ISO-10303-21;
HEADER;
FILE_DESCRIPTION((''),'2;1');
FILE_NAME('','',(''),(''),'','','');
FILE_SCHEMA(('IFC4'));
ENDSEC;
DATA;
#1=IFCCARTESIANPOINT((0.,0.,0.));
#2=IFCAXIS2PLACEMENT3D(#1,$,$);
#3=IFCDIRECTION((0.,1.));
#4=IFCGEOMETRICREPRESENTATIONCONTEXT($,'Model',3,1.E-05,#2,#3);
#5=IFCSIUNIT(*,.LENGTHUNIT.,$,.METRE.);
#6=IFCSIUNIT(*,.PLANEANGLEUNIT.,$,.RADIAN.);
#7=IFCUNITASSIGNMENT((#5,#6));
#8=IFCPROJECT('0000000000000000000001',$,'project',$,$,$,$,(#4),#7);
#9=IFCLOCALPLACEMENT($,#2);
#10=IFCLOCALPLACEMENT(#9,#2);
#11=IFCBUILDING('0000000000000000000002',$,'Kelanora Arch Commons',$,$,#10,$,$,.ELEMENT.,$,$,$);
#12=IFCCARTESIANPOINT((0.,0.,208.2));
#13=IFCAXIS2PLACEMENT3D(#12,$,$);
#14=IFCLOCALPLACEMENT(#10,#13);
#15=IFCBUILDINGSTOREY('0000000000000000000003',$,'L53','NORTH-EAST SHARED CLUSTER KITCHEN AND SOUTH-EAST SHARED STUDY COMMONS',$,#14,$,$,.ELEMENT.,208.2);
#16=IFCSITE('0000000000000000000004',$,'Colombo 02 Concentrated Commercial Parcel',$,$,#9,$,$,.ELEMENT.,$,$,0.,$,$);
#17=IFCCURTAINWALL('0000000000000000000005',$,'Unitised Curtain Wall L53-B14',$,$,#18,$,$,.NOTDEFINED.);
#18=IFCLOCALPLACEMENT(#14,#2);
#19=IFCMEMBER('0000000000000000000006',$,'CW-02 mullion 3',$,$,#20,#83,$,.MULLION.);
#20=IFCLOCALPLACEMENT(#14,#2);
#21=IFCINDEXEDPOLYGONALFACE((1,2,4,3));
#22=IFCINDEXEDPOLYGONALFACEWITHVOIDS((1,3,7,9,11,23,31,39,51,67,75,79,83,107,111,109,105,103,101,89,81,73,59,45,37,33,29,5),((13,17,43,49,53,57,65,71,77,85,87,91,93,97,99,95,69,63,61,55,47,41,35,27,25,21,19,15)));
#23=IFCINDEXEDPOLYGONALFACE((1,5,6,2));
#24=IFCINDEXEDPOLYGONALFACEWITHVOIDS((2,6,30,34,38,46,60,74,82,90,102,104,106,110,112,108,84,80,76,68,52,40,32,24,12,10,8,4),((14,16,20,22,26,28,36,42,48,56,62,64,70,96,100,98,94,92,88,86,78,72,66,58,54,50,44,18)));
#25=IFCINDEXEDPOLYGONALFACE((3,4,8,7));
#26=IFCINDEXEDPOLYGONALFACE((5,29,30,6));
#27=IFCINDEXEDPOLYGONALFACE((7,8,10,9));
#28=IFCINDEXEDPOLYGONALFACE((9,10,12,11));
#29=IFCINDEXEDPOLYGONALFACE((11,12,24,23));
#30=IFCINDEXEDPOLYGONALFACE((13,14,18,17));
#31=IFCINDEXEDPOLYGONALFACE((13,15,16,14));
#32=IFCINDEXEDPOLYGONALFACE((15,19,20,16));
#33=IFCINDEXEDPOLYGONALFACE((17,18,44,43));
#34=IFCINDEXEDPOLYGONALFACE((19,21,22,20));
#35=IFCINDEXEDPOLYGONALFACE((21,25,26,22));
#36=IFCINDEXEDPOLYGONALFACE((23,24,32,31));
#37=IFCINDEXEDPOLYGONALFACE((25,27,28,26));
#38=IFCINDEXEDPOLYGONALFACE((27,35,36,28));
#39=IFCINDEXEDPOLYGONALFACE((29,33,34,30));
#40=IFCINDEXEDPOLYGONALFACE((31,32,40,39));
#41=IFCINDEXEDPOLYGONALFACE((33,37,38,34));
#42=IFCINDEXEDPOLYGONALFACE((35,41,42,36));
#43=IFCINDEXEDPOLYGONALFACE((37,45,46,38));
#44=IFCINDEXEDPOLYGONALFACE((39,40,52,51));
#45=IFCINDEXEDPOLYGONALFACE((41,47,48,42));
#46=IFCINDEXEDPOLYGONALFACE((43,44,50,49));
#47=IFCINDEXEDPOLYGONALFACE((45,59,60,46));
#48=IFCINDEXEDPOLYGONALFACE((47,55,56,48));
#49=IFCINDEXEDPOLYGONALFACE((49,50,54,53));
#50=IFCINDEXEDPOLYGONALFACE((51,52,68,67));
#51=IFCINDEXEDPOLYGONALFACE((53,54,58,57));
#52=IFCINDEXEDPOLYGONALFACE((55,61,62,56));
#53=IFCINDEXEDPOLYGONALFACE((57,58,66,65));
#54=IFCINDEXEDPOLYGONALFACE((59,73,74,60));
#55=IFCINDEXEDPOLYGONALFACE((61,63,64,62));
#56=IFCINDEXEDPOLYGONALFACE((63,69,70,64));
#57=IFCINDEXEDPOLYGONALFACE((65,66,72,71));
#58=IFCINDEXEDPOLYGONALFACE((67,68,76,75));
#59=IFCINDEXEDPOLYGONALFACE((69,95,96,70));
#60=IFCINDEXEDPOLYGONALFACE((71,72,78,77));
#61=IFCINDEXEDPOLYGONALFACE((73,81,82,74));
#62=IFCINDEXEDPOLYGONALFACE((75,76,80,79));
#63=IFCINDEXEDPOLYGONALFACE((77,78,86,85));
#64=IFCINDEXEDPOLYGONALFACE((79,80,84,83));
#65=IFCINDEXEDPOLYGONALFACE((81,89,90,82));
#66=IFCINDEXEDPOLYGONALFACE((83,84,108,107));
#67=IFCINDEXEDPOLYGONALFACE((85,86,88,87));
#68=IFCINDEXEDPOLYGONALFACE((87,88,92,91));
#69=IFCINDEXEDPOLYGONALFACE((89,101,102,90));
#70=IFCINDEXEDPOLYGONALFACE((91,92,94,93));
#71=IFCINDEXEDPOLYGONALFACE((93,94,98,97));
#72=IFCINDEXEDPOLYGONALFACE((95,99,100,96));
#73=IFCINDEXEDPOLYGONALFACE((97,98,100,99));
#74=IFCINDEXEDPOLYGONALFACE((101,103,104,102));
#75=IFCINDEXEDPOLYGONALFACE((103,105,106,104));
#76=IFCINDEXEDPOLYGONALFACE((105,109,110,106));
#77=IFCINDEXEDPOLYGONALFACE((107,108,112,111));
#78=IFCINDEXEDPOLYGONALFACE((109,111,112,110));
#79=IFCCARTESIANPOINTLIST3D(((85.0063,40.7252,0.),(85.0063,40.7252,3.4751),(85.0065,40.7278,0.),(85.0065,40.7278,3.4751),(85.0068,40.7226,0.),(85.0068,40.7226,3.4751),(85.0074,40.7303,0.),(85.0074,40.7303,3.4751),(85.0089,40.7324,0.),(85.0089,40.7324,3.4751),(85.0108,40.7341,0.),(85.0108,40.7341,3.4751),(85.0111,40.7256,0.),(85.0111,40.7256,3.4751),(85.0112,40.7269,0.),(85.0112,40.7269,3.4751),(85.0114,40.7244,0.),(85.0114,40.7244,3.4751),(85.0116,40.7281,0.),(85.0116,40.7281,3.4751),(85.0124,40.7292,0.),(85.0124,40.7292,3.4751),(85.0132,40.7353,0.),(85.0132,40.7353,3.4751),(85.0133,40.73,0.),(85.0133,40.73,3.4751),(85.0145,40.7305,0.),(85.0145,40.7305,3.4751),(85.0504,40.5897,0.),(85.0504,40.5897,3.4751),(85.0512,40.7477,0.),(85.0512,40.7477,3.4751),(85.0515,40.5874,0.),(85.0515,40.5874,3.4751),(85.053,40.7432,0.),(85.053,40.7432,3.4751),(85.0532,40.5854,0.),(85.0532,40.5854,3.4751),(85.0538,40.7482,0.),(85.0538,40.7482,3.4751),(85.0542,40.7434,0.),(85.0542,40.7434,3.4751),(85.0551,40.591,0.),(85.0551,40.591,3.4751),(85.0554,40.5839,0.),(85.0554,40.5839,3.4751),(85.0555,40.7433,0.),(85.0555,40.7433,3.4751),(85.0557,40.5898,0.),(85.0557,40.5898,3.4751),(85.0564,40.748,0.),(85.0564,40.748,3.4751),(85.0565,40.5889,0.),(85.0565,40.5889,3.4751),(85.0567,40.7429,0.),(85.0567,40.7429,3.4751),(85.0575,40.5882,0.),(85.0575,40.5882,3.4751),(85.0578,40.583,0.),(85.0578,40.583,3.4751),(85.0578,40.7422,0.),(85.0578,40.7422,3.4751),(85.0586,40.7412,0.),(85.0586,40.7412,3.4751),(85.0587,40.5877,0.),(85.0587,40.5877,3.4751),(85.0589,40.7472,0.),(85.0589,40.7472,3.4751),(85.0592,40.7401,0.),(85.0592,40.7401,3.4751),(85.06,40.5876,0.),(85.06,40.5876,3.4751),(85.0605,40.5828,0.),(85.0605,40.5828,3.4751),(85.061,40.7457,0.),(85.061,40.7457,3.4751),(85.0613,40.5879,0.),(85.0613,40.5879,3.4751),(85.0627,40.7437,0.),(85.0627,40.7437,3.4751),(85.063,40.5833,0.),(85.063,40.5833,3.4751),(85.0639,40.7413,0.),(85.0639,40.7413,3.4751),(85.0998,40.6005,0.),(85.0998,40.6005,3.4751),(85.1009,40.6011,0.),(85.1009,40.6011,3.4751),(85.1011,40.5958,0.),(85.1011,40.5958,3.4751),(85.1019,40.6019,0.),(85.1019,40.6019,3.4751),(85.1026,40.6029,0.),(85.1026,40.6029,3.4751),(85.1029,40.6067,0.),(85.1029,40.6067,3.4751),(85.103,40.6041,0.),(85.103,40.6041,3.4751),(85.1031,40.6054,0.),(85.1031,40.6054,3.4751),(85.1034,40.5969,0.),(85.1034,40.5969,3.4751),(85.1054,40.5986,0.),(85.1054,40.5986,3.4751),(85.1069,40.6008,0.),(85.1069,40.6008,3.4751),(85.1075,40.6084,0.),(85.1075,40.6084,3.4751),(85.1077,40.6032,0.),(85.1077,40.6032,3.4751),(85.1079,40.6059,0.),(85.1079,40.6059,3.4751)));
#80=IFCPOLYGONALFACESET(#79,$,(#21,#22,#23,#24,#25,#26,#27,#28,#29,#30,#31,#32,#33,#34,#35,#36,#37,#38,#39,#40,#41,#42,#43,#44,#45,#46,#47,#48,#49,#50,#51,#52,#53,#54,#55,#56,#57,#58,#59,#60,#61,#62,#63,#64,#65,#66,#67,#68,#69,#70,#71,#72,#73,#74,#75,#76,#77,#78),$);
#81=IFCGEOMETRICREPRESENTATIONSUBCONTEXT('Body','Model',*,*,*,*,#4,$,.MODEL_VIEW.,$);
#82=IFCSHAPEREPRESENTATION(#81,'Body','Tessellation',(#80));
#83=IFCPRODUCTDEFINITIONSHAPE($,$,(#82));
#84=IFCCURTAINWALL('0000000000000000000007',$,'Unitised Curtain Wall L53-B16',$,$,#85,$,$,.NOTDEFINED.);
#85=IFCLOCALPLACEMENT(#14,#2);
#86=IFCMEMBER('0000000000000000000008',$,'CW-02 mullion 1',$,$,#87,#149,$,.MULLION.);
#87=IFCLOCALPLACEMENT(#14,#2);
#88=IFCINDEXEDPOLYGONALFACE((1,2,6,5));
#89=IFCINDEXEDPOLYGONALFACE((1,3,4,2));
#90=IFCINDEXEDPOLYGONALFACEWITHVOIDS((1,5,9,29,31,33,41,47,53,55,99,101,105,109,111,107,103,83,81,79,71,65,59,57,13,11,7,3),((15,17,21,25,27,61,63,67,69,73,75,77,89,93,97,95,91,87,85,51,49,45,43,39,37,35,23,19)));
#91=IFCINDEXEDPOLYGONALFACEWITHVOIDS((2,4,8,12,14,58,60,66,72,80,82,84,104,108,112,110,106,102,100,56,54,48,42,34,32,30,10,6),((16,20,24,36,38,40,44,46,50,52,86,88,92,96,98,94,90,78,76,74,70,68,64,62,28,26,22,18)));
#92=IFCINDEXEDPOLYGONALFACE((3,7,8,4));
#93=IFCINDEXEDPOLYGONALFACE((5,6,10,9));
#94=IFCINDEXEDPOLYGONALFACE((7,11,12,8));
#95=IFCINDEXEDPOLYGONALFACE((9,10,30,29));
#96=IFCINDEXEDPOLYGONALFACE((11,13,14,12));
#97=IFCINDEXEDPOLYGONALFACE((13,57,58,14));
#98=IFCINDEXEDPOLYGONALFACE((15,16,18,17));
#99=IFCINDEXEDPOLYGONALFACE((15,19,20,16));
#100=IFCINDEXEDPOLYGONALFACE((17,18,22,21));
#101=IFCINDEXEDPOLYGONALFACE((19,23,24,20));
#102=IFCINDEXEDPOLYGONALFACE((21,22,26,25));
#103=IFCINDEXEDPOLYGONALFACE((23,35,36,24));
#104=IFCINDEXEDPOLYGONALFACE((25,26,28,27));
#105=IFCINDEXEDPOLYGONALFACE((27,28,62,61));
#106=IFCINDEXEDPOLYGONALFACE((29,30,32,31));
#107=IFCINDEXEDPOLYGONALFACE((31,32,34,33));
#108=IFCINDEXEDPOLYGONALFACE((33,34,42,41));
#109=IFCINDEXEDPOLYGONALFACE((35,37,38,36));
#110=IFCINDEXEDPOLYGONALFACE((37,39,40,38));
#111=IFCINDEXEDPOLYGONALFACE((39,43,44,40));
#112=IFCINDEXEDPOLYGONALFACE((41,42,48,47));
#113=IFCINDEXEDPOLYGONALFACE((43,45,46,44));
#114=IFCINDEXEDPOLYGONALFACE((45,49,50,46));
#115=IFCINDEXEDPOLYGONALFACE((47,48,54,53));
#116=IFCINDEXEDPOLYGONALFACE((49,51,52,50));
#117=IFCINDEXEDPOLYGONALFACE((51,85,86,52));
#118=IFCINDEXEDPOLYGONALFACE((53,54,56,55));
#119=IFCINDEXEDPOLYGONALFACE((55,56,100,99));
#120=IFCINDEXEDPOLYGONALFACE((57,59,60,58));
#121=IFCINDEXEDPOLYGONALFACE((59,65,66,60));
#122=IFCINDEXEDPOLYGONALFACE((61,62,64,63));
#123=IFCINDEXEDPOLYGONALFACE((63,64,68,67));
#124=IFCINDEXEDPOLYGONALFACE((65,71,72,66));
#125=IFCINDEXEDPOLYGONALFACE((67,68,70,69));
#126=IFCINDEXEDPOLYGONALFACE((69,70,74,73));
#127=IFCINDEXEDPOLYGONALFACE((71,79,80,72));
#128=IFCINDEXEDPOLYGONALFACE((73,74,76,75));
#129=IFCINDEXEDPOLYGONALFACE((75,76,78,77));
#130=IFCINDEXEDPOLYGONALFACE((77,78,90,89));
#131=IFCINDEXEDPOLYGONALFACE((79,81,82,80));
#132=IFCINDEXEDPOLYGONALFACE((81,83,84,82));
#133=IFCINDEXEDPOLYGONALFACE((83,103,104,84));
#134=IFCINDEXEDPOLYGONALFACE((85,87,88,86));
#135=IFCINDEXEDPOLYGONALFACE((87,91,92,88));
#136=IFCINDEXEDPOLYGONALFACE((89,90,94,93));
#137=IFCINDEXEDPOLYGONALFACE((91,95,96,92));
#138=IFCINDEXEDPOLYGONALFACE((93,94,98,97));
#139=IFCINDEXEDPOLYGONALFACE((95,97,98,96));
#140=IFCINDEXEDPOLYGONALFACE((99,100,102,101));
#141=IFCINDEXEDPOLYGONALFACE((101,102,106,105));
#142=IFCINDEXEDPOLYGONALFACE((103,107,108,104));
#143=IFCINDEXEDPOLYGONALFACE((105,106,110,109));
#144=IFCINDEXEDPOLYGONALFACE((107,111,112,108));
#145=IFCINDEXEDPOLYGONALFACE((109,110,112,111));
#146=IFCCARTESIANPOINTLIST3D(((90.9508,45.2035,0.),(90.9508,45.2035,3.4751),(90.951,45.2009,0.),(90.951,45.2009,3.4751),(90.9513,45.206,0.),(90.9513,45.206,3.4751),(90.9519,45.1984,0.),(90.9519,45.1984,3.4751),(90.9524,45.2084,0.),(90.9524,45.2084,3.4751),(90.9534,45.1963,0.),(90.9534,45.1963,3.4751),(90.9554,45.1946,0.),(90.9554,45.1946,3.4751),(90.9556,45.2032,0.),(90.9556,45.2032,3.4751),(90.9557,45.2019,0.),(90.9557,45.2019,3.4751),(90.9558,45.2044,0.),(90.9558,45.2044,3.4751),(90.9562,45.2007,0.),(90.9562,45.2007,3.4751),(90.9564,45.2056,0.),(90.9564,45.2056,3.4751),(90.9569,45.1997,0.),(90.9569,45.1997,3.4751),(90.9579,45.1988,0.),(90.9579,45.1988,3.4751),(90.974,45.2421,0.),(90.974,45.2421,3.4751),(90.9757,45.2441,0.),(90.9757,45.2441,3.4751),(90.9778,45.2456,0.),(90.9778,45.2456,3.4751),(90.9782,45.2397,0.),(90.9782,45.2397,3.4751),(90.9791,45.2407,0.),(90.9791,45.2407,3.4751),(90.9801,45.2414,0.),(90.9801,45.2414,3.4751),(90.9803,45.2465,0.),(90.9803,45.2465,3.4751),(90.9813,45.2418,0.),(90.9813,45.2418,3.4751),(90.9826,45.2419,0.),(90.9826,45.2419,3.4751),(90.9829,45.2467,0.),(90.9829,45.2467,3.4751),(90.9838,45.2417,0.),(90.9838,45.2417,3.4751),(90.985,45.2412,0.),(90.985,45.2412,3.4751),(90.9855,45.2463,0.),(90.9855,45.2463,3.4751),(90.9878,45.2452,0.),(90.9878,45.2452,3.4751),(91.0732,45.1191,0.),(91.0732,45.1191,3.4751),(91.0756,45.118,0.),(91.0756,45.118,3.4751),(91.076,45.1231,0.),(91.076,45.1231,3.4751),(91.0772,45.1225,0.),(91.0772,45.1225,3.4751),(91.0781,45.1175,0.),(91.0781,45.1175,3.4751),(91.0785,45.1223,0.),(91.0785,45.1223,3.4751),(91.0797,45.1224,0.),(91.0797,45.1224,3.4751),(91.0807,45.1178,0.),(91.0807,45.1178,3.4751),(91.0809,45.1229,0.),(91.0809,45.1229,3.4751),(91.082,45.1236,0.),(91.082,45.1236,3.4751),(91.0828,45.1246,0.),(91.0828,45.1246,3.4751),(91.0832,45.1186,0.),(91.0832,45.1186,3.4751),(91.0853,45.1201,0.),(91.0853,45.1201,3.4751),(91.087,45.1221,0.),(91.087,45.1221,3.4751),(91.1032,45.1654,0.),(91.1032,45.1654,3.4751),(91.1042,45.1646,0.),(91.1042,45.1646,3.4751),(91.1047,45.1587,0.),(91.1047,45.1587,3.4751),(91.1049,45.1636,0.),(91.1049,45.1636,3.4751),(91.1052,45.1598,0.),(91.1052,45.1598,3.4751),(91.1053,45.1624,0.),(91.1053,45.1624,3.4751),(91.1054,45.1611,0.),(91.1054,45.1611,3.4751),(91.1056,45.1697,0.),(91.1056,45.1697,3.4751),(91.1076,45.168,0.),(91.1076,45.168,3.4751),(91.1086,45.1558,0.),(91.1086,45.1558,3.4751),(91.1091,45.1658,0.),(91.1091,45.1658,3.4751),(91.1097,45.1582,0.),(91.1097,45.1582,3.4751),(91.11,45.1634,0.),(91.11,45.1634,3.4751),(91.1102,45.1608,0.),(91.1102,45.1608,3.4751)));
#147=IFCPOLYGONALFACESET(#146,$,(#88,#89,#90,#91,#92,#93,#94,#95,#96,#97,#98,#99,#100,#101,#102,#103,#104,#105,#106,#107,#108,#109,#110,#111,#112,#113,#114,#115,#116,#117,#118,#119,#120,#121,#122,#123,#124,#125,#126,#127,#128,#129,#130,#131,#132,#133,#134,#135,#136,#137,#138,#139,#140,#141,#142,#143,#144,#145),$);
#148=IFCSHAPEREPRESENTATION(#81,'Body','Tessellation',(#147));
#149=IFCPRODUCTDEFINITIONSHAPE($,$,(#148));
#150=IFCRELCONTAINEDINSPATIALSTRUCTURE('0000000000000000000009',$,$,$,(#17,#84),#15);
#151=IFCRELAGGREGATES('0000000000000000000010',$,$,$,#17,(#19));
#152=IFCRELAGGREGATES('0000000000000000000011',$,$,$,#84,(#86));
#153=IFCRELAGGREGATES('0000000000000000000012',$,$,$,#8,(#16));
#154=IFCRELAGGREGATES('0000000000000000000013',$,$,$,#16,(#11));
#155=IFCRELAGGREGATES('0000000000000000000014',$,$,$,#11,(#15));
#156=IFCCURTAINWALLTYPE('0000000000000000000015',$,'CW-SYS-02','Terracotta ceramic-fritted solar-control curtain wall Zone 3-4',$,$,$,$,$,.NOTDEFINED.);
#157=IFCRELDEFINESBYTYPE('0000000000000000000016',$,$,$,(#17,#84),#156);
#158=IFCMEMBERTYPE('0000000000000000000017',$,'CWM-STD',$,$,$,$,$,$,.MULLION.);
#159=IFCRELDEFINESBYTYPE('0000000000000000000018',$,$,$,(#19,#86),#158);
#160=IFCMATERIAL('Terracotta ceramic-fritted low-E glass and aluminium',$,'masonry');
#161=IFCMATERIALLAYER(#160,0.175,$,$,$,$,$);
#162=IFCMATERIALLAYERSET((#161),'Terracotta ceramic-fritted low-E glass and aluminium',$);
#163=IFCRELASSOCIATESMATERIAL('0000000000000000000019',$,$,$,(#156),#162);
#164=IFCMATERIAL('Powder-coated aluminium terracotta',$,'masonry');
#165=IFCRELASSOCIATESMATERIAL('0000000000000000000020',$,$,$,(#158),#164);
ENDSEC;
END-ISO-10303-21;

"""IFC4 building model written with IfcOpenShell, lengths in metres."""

from ifc_helpers import new_model, si_unit, direction, frame, origin, origin_2d, place, context, subcontext, project, spatial, hollow_rectangle, extrude, material, layer, layer_set, material_profile, profile_set, type_object, element, aggregate, save


model = new_model("IFC4")

# Units and contexts
model_context = context("Model", 3, precision=1e-05, world=origin(), true_north=direction((0.0, 1.0)))
body_context = subcontext(model_context, "Body", "Model", "MODEL_VIEW")
ifc_project = project(units=[si_unit("LENGTHUNIT", "METRE"), si_unit("PLANEANGLEUNIT", "RADIAN")], contexts=[model_context])

# Site, building, storey
site_placement = place(None, origin())
site = spatial("IfcSite", under=ifc_project, at=site_placement, Name="Colombo 02 Concentrated Commercial Parcel", CompositionType="ELEMENT", RefElevation=0.0)
building_placement = place(site_placement, origin())
building = spatial("IfcBuilding", under=site, at=building_placement, Name="Kelanora Arch Commons", CompositionType="ELEMENT")
storey_placement = place(building_placement, frame((0.0, 0.0, 208.2)))
storey = spatial("IfcBuildingStorey", under=building, at=storey_placement, Name="L53", Description="NORTH-EAST SHARED CLUSTER KITCHEN AND SOUTH-EAST SHARED STUDY COMMONS", CompositionType="ELEMENT", Elevation=208.2)

# Curtain wall, member
ifc_material_1 = material(Name="Terracotta ceramic-fritted low-E glass and aluminium", Category="masonry")
ifc_layer_1 = layer(ifc_material_1, 0.175)
ifc_layer_set_1 = layer_set([ifc_layer_1], Name="Terracotta ceramic-fritted low-E glass and aluminium")
curtain_wall_type = type_object("IfcCurtainWallType", Name="CW-SYS-02", Description="Terracotta ceramic-fritted solar-control curtain wall Zone 3-4", PredefinedType="NOTDEFINED", material=ifc_layer_set_1)
curtain_wall_1_placement = place(storey_placement, origin())
curtain_wall_1 = element("IfcCurtainWall", 1, at=curtain_wall_1_placement, inside=storey, type_object=curtain_wall_type, Name="Unitised Curtain Wall L53-B14", PredefinedType="NOTDEFINED")
ifc_material_2 = material(Name="Powder-coated aluminium terracotta", Category="masonry")
ifc_material_profile_1 = material_profile(ifc_material_2, hollow_rectangle(XDim=0.1599, YDim=0.0601, WallThickness=0.0049, InnerFilletRadius=0.0049, OuterFilletRadius=0.01, at=origin_2d()), Name="CWM160x60")
ifc_profile_set_1 = profile_set([ifc_material_profile_1], Name="Powder-coated aluminium terracotta")
member_type_1 = type_object("IfcMemberType", Name="CWM-STD", PredefinedType="MULLION", material=ifc_profile_set_1)
member_1_placement = place(storey_placement, frame((85.0571, 40.6655, 0.0), z_axis=(0.0, 0.0, 1.0), x_axis=(-0.311582, 0.950219, 0.0)))
member_1 = element("IfcMember", 2, at=member_1_placement, type_object=member_type_1, Name="CW-02 mullion 3", PredefinedType="MULLION", context=body_context, shape_type="SweptSolid", body=[
    extrude(hollow_rectangle(XDim=0.1599, YDim=0.0601, WallThickness=0.0049, InnerFilletRadius=0.0049, OuterFilletRadius=0.01, at=origin_2d()), origin(), (0.0, 0.0, 1.0), 3.4751),
])

# Curtain wall, member
curtain_wall_2_placement = place(storey_placement, origin())
curtain_wall_2 = element("IfcCurtainWall", 3, at=curtain_wall_2_placement, inside=storey, type_object=curtain_wall_type, Name="Unitised Curtain Wall L53-B16", PredefinedType="NOTDEFINED")
member_2_placement = place(storey_placement, frame((91.0305, 45.1821, 0.0), z_axis=(0.0, 0.0, 1.0), x_axis=(-0.841948, 0.539559, 0.0)))
member_2 = element("IfcMember", 4, at=member_2_placement, type_object=member_type_1, Name="CW-02 mullion 1", PredefinedType="MULLION", context=body_context, shape_type="SweptSolid", body=[
    extrude(hollow_rectangle(XDim=0.1599, YDim=0.0601, WallThickness=0.0049, InnerFilletRadius=0.0049, OuterFilletRadius=0.01, at=origin_2d()), origin(), (0.0, 0.0, 1.0), 3.4751),
])

aggregate(curtain_wall_1, [member_1])
aggregate(curtain_wall_2, [member_2])

save(model, "model.ifc")
